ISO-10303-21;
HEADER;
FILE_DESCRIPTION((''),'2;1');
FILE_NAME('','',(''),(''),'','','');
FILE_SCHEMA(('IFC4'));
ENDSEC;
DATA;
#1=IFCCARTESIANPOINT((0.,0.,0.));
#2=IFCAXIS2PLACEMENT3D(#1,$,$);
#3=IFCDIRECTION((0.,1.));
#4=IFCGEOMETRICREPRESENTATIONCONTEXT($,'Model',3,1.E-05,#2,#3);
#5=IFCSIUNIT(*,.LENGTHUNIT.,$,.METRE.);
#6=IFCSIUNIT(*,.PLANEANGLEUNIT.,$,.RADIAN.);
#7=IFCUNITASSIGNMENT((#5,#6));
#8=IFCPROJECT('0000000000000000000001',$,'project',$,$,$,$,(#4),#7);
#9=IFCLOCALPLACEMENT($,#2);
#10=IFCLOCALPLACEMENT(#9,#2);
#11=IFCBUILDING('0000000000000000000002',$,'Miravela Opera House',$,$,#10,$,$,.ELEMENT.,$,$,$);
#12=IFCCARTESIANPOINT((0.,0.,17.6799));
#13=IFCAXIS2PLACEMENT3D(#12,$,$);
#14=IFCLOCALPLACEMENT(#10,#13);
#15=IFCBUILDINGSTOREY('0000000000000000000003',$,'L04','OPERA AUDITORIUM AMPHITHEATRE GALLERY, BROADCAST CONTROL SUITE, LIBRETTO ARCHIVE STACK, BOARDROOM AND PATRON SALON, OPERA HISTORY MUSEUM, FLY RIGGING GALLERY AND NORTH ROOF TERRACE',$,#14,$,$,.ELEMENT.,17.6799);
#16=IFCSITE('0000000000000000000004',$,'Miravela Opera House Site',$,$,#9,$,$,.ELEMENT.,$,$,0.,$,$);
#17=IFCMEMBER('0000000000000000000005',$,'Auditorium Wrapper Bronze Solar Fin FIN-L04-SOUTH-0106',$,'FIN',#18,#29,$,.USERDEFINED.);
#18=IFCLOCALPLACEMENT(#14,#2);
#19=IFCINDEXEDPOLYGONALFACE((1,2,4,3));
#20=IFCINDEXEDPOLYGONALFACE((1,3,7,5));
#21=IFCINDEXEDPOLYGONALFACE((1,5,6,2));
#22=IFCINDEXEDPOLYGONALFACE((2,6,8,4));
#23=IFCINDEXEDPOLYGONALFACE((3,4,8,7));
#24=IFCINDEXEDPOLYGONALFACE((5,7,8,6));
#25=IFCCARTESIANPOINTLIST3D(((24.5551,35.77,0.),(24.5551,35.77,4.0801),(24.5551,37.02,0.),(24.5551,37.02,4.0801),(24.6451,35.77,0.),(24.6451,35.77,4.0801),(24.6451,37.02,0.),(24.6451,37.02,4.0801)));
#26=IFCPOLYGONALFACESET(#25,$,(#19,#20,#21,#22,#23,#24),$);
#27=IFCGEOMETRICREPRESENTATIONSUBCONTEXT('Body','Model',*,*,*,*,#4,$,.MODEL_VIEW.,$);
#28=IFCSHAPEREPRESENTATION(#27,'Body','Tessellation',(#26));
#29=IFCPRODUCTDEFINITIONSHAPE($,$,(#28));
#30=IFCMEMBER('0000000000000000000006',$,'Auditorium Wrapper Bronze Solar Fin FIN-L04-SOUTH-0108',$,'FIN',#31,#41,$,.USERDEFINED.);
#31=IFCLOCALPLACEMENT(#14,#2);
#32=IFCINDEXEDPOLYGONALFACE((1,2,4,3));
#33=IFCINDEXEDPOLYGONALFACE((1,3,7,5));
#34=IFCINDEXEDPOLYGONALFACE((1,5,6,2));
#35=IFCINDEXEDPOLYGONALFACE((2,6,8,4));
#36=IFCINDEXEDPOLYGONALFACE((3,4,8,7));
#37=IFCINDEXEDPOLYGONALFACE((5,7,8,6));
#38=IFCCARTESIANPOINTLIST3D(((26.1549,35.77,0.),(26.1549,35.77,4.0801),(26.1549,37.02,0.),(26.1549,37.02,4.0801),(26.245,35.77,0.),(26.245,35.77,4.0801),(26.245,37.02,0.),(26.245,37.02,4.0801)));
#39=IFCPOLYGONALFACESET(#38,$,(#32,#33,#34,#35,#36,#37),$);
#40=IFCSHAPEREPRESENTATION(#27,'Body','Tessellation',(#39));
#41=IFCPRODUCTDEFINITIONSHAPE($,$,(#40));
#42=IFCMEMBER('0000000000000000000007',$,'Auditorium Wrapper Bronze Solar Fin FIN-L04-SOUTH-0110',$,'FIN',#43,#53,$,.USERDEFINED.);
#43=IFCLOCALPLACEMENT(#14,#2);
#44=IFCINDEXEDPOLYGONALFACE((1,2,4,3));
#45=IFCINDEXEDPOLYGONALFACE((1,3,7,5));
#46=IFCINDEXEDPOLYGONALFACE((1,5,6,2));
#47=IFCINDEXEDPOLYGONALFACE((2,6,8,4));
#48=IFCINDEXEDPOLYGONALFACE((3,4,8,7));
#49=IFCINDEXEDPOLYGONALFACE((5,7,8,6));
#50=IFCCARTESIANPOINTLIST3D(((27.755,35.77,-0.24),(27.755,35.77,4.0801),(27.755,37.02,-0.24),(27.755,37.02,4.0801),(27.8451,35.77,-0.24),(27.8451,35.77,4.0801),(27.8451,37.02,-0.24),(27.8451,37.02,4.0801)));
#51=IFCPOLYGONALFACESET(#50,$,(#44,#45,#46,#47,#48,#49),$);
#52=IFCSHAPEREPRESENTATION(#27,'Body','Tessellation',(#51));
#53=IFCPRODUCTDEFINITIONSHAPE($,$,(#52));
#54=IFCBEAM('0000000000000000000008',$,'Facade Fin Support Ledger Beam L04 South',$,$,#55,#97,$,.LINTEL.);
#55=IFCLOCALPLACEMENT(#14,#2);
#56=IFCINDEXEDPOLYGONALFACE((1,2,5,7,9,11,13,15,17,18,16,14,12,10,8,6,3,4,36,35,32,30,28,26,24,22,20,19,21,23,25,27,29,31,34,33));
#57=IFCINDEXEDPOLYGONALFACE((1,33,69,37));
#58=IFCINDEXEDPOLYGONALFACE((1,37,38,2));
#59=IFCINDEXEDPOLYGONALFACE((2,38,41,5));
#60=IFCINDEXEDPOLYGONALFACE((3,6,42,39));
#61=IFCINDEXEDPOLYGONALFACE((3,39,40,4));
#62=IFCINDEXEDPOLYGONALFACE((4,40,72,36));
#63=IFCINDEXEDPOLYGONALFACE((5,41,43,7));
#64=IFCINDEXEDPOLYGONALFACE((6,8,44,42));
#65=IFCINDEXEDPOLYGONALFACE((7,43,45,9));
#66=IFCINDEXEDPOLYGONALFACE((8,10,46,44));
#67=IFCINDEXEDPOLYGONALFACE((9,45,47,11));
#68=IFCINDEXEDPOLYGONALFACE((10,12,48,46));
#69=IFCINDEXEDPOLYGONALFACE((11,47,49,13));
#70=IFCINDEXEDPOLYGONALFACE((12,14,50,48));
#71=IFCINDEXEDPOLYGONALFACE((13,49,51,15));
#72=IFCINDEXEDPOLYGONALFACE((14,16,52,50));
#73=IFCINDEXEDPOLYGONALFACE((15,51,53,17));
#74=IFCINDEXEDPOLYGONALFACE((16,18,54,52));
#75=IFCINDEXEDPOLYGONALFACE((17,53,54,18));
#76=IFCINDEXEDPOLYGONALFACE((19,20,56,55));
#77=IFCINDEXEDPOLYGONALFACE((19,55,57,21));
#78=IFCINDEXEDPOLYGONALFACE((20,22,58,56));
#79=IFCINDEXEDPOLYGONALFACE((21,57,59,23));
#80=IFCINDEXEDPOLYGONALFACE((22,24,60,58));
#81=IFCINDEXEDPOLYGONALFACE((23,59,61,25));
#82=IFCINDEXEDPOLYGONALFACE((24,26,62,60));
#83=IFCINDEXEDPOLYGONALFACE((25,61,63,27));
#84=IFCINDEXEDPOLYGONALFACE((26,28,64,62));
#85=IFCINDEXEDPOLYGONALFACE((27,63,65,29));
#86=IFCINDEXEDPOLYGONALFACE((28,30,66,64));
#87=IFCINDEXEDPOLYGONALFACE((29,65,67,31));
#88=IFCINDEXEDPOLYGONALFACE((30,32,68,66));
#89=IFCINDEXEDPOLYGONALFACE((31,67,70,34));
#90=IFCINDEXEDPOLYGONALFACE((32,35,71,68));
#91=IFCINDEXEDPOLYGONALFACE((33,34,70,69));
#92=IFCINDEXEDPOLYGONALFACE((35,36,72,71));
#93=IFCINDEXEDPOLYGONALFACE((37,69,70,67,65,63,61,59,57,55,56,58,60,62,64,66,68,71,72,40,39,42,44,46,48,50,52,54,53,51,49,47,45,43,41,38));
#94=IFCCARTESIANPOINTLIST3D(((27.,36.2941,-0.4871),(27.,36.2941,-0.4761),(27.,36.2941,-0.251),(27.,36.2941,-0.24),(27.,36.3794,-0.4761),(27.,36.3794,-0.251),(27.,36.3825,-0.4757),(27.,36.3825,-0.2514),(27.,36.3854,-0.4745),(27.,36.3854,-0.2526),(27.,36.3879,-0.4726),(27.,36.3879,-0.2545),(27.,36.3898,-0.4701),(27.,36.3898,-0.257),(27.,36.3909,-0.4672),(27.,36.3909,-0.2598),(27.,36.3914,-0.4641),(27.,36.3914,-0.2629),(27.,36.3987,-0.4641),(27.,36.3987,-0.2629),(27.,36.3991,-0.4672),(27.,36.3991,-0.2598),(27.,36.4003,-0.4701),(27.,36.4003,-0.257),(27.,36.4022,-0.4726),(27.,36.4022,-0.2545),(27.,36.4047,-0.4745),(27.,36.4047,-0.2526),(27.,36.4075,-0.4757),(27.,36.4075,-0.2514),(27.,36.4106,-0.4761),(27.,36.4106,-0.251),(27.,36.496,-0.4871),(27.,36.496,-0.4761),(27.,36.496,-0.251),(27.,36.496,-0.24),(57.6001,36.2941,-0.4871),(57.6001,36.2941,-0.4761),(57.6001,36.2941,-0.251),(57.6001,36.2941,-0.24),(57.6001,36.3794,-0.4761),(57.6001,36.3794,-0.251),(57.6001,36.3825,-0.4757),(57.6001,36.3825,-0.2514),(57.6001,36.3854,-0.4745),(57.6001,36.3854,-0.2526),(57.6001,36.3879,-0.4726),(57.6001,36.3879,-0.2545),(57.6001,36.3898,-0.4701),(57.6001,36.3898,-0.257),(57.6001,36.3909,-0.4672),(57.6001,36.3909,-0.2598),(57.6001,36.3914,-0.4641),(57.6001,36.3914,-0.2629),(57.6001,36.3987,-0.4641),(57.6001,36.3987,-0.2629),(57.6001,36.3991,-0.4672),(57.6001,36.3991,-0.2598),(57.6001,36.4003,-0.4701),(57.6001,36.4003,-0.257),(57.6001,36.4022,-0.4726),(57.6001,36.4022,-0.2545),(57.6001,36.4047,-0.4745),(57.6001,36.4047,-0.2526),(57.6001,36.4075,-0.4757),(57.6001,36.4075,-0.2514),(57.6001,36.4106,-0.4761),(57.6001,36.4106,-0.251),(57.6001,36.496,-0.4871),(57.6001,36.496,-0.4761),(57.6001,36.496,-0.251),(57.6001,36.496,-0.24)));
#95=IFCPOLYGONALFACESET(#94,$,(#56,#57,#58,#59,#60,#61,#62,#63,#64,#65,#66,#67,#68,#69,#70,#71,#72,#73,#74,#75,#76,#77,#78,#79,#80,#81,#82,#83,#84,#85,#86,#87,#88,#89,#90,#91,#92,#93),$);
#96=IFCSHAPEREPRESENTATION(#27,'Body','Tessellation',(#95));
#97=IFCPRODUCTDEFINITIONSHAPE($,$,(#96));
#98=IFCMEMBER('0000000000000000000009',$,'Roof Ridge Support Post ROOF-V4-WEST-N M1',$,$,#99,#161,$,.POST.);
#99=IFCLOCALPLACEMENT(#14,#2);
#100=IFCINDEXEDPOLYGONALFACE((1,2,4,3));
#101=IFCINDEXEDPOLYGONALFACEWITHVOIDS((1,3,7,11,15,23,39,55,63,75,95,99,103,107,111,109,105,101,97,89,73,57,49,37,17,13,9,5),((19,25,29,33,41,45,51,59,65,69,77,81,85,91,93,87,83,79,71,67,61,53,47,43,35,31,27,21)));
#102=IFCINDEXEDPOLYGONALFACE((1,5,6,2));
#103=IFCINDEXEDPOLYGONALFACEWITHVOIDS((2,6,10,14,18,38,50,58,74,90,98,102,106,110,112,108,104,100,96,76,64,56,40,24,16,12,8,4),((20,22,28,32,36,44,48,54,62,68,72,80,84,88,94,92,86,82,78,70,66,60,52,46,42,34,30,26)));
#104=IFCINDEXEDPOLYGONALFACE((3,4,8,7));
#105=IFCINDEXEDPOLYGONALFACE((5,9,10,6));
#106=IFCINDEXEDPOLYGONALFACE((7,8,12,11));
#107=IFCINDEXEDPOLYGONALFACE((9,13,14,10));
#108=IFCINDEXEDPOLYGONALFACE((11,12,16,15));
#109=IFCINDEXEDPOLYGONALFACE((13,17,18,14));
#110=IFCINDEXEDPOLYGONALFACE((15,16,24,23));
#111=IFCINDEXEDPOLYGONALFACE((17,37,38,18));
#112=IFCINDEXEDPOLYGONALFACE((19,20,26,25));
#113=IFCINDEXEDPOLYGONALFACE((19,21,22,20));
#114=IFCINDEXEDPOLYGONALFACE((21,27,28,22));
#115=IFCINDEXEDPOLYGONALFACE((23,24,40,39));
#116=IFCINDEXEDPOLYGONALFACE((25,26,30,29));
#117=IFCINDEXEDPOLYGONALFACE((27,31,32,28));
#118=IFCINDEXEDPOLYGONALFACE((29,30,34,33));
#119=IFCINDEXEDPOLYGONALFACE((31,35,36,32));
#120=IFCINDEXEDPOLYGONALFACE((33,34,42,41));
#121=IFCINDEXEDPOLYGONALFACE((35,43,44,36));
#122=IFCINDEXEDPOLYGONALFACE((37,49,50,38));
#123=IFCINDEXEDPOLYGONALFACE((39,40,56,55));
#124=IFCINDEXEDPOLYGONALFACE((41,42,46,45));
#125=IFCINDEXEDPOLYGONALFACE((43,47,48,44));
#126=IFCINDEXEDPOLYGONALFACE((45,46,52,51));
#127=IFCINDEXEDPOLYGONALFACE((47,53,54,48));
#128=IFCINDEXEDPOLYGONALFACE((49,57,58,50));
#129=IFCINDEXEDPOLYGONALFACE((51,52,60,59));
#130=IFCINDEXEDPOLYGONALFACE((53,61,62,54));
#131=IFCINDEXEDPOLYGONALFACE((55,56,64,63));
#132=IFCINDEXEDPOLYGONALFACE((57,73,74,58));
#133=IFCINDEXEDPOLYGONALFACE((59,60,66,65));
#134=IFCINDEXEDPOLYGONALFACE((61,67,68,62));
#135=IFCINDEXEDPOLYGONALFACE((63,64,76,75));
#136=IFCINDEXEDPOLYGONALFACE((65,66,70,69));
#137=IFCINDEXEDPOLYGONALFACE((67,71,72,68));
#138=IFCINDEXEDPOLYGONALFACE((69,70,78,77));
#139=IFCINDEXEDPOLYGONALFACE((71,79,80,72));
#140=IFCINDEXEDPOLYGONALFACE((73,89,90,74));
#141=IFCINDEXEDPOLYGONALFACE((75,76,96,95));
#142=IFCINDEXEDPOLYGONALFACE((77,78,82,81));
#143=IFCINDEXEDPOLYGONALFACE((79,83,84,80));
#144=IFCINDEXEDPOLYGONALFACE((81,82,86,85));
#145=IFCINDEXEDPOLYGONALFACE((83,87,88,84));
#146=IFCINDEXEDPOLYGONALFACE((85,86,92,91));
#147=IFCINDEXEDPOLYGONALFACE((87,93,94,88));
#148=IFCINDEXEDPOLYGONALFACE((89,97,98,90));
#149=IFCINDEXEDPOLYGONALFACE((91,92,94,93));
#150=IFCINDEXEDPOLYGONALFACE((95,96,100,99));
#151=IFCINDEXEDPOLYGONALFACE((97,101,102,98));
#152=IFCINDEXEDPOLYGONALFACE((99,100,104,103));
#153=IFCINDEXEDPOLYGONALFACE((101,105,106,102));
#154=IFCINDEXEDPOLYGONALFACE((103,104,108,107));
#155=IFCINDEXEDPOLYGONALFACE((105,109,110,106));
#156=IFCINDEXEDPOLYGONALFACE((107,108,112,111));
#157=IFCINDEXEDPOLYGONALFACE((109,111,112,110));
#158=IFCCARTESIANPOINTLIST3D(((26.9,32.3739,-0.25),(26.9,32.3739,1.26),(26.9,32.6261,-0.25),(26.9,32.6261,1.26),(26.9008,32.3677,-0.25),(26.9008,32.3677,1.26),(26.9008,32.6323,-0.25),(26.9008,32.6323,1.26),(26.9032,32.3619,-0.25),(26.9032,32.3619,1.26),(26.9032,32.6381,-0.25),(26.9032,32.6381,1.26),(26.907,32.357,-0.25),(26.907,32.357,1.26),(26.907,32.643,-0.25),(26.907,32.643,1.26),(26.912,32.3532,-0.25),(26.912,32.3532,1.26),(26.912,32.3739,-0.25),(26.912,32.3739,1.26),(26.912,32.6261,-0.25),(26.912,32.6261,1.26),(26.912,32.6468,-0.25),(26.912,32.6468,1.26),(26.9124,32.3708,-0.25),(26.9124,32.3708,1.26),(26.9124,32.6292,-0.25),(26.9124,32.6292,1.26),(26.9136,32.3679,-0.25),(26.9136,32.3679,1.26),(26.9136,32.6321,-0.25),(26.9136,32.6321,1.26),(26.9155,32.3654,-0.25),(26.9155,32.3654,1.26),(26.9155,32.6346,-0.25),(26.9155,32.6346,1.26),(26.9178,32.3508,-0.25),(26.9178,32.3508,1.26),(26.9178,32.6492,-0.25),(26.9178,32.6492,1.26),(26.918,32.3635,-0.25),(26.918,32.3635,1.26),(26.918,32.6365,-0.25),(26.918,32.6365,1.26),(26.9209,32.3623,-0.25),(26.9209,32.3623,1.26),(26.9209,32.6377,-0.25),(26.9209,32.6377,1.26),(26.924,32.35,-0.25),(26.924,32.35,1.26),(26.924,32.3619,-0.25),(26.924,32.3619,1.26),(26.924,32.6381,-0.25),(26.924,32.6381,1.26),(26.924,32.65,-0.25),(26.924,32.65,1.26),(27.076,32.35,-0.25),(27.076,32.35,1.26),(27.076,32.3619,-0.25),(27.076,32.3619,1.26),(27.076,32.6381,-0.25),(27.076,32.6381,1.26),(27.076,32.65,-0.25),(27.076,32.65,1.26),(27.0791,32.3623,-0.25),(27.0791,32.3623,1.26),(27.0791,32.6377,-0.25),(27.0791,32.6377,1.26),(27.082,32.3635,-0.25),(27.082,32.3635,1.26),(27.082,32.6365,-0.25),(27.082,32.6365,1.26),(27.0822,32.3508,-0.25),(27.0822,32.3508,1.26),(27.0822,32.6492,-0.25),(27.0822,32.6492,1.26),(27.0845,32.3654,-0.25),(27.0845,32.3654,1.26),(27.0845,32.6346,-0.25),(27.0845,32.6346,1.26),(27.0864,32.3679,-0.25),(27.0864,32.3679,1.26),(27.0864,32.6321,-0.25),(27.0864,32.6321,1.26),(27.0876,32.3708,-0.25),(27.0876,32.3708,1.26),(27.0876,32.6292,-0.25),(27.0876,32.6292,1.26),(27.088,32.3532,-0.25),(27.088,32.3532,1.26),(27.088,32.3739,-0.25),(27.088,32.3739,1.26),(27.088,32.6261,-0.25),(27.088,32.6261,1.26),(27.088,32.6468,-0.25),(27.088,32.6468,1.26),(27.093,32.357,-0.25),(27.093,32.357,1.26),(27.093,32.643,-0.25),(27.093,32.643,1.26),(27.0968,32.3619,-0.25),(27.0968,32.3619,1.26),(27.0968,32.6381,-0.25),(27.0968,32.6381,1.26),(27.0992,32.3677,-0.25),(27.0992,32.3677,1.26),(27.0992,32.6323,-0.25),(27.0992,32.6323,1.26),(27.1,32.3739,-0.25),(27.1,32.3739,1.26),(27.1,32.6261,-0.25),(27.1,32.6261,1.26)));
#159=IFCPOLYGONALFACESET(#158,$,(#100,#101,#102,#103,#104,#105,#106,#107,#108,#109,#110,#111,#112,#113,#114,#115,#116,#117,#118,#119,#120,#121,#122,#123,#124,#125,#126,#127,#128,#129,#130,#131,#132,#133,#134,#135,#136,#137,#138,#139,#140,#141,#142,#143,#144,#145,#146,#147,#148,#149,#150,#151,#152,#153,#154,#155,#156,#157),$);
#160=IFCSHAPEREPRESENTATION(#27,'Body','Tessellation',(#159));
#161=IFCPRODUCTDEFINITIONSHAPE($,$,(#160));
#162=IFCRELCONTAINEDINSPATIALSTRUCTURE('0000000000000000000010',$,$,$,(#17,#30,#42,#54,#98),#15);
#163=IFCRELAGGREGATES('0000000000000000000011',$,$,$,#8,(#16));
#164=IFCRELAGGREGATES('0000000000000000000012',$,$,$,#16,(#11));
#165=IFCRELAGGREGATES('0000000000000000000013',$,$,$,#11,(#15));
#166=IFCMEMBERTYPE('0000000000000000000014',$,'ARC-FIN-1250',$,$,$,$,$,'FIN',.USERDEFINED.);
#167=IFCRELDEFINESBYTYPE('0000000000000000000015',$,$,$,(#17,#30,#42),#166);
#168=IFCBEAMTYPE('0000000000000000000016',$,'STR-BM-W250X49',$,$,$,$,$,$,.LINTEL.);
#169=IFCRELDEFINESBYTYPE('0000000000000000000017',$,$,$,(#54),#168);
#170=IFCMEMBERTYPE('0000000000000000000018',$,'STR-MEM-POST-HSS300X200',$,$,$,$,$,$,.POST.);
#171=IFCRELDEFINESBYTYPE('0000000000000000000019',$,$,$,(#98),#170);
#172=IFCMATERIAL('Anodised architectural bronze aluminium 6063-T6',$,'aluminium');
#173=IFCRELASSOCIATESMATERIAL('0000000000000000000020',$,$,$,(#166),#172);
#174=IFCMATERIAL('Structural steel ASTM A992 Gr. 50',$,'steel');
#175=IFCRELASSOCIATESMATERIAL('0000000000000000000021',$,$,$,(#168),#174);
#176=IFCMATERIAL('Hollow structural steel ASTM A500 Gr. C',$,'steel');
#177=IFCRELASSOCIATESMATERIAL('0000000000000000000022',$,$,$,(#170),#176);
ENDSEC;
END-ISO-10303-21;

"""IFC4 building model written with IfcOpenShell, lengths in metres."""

from ifc_helpers import new_model, si_unit, direction, frame, origin, origin_2d, place, context, subcontext, project, spatial, rectangle, hollow_rectangle, i_section, extrude, material, material_profile, profile_set, type_object, element, save


model = new_model("IFC4")

# Units and contexts
model_context = context("Model", 3, precision=1e-05, world=origin(), true_north=direction((0.0, 1.0)))
body_context = subcontext(model_context, "Body", "Model", "MODEL_VIEW")
ifc_project = project(units=[si_unit("LENGTHUNIT", "METRE"), si_unit("PLANEANGLEUNIT", "RADIAN")], contexts=[model_context])

# Site, building, storey
site_placement = place(None, origin())
site = spatial("IfcSite", under=ifc_project, at=site_placement, Name="Miravela Opera House Site", CompositionType="ELEMENT", RefElevation=0.0)
building_placement = place(site_placement, origin())
building = spatial("IfcBuilding", under=site, at=building_placement, Name="Miravela Opera House", CompositionType="ELEMENT")
storey_placement = place(building_placement, frame((0.0, 0.0, 17.6799)))
storey = spatial("IfcBuildingStorey", under=building, at=storey_placement, Name="L04", Description="OPERA AUDITORIUM AMPHITHEATRE GALLERY, BROADCAST CONTROL SUITE, LIBRETTO ARCHIVE STACK, BOARDROOM AND PATRON SALON, OPERA HISTORY MUSEUM, FLY RIGGING GALLERY AND NORTH ROOF TERRACE", CompositionType="ELEMENT", Elevation=17.6799)

# Members
ifc_material_1 = material(Name="Anodised architectural bronze aluminium 6063-T6", Category="aluminium")
ifc_material_profile_1 = material_profile(ifc_material_1, rectangle(XDim=0.0901, YDim=1.25, at=origin_2d()), Name="FIN-1250X90")
ifc_profile_set_1 = profile_set([ifc_material_profile_1])
member_type_1 = type_object("IfcMemberType", Name="ARC-FIN-1250", ElementType="FIN", PredefinedType="USERDEFINED", material=ifc_profile_set_1)
for number, where, z_axis, x_axis, name in (
    (1, (24.6001, 36.395, 0.0), (0.0, 0.0, 1.0), (1.0, 0.0, 0.0), "Auditorium Wrapper Bronze Solar Fin FIN-L04-SOUTH-0106"),
    (2, (26.2, 36.395, 0.0), (0.0, 0.0, 1.0), (1.0, 0.0, 0.0), "Auditorium Wrapper Bronze Solar Fin FIN-L04-SOUTH-0108"),
):
    element("IfcMember", number, at=place(storey_placement, frame(where, z_axis=z_axis, x_axis=x_axis)), inside=storey, type_object=member_type_1, Name=name, ObjectType="FIN", PredefinedType="USERDEFINED", context=body_context, shape_type="SweptSolid", body=[
        extrude(rectangle(XDim=0.0901, YDim=1.25, at=origin_2d()), origin(), (0.0, 0.0, 1.0), 4.0801),
    ])
member_placement = place(storey_placement, frame((27.8, 36.395, -0.24), z_axis=(0.0, 0.0, 1.0), x_axis=(1.0, 0.0, 0.0)))
element("IfcMember", 3, at=member_placement, inside=storey, type_object=member_type_1, Name="Auditorium Wrapper Bronze Solar Fin FIN-L04-SOUTH-0110", ObjectType="FIN", PredefinedType="USERDEFINED", context=body_context, shape_type="SweptSolid", body=[
    extrude(rectangle(XDim=0.0901, YDim=1.25, at=origin_2d()), origin(), (0.0, 0.0, 1.0), 4.3201),
])

# Beam
ifc_material_2 = material(Name="Structural steel ASTM A992 Gr. 50", Category="steel")
ifc_material_profile_2 = material_profile(ifc_material_2, i_section(OverallWidth=0.2019, OverallDepth=0.2471, WebThickness=0.0073, FlangeThickness=0.011, FilletRadius=0.012, at=origin_2d()), Name="W250X49")
ifc_profile_set_2 = profile_set([ifc_material_profile_2])
beam_type = type_object("IfcBeamType", Name="STR-BM-W250X49", PredefinedType="LINTEL", material=ifc_profile_set_2)
beam_placement = place(storey_placement, frame((27.0, 36.395, -0.3635), z_axis=(1.0, 0.0, 0.0), x_axis=(0.0, 1.0, 0.0)))
element("IfcBeam", 4, at=beam_placement, inside=storey, type_object=beam_type, Name="Facade Fin Support Ledger Beam L04 South", PredefinedType="LINTEL", context=body_context, shape_type="SweptSolid", body=[
    extrude(i_section(OverallWidth=0.2019, OverallDepth=0.2471, WebThickness=0.0073, FlangeThickness=0.011, FilletRadius=0.012, at=origin_2d()), origin(), (0.0, 0.0, 1.0), 30.6001),
])

# Member
ifc_material_3 = material(Name="Hollow structural steel ASTM A500 Gr. C", Category="steel")
ifc_material_profile_3 = material_profile(ifc_material_3, hollow_rectangle(XDim=0.2, YDim=0.3, WallThickness=0.012, InnerFilletRadius=0.012, OuterFilletRadius=0.0239, at=origin_2d()), Name="HSS300X200X12")
ifc_profile_set_3 = profile_set([ifc_material_profile_3])
member_type_2 = type_object("IfcMemberType", Name="STR-MEM-POST-HSS300X200", PredefinedType="POST", material=ifc_profile_set_3)
for number, where, z_axis, x_axis, name in (
    (5, (27.0, 32.5, -0.25), (0.0, 0.0, 1.0), (1.0, 0.0, 0.0), "Roof Ridge Support Post ROOF-V4-WEST-N M1"),
):
    element("IfcMember", number, at=place(storey_placement, frame(where, z_axis=z_axis, x_axis=x_axis)), inside=storey, type_object=member_type_2, Name=name, PredefinedType="POST", context=body_context, shape_type="SweptSolid", body=[
        extrude(hollow_rectangle(XDim=0.2, YDim=0.3, WallThickness=0.012, InnerFilletRadius=0.012, OuterFilletRadius=0.0239, at=origin_2d()), origin(), (0.0, 0.0, 1.0), 1.51),
    ])

save(model, "model.ifc")
